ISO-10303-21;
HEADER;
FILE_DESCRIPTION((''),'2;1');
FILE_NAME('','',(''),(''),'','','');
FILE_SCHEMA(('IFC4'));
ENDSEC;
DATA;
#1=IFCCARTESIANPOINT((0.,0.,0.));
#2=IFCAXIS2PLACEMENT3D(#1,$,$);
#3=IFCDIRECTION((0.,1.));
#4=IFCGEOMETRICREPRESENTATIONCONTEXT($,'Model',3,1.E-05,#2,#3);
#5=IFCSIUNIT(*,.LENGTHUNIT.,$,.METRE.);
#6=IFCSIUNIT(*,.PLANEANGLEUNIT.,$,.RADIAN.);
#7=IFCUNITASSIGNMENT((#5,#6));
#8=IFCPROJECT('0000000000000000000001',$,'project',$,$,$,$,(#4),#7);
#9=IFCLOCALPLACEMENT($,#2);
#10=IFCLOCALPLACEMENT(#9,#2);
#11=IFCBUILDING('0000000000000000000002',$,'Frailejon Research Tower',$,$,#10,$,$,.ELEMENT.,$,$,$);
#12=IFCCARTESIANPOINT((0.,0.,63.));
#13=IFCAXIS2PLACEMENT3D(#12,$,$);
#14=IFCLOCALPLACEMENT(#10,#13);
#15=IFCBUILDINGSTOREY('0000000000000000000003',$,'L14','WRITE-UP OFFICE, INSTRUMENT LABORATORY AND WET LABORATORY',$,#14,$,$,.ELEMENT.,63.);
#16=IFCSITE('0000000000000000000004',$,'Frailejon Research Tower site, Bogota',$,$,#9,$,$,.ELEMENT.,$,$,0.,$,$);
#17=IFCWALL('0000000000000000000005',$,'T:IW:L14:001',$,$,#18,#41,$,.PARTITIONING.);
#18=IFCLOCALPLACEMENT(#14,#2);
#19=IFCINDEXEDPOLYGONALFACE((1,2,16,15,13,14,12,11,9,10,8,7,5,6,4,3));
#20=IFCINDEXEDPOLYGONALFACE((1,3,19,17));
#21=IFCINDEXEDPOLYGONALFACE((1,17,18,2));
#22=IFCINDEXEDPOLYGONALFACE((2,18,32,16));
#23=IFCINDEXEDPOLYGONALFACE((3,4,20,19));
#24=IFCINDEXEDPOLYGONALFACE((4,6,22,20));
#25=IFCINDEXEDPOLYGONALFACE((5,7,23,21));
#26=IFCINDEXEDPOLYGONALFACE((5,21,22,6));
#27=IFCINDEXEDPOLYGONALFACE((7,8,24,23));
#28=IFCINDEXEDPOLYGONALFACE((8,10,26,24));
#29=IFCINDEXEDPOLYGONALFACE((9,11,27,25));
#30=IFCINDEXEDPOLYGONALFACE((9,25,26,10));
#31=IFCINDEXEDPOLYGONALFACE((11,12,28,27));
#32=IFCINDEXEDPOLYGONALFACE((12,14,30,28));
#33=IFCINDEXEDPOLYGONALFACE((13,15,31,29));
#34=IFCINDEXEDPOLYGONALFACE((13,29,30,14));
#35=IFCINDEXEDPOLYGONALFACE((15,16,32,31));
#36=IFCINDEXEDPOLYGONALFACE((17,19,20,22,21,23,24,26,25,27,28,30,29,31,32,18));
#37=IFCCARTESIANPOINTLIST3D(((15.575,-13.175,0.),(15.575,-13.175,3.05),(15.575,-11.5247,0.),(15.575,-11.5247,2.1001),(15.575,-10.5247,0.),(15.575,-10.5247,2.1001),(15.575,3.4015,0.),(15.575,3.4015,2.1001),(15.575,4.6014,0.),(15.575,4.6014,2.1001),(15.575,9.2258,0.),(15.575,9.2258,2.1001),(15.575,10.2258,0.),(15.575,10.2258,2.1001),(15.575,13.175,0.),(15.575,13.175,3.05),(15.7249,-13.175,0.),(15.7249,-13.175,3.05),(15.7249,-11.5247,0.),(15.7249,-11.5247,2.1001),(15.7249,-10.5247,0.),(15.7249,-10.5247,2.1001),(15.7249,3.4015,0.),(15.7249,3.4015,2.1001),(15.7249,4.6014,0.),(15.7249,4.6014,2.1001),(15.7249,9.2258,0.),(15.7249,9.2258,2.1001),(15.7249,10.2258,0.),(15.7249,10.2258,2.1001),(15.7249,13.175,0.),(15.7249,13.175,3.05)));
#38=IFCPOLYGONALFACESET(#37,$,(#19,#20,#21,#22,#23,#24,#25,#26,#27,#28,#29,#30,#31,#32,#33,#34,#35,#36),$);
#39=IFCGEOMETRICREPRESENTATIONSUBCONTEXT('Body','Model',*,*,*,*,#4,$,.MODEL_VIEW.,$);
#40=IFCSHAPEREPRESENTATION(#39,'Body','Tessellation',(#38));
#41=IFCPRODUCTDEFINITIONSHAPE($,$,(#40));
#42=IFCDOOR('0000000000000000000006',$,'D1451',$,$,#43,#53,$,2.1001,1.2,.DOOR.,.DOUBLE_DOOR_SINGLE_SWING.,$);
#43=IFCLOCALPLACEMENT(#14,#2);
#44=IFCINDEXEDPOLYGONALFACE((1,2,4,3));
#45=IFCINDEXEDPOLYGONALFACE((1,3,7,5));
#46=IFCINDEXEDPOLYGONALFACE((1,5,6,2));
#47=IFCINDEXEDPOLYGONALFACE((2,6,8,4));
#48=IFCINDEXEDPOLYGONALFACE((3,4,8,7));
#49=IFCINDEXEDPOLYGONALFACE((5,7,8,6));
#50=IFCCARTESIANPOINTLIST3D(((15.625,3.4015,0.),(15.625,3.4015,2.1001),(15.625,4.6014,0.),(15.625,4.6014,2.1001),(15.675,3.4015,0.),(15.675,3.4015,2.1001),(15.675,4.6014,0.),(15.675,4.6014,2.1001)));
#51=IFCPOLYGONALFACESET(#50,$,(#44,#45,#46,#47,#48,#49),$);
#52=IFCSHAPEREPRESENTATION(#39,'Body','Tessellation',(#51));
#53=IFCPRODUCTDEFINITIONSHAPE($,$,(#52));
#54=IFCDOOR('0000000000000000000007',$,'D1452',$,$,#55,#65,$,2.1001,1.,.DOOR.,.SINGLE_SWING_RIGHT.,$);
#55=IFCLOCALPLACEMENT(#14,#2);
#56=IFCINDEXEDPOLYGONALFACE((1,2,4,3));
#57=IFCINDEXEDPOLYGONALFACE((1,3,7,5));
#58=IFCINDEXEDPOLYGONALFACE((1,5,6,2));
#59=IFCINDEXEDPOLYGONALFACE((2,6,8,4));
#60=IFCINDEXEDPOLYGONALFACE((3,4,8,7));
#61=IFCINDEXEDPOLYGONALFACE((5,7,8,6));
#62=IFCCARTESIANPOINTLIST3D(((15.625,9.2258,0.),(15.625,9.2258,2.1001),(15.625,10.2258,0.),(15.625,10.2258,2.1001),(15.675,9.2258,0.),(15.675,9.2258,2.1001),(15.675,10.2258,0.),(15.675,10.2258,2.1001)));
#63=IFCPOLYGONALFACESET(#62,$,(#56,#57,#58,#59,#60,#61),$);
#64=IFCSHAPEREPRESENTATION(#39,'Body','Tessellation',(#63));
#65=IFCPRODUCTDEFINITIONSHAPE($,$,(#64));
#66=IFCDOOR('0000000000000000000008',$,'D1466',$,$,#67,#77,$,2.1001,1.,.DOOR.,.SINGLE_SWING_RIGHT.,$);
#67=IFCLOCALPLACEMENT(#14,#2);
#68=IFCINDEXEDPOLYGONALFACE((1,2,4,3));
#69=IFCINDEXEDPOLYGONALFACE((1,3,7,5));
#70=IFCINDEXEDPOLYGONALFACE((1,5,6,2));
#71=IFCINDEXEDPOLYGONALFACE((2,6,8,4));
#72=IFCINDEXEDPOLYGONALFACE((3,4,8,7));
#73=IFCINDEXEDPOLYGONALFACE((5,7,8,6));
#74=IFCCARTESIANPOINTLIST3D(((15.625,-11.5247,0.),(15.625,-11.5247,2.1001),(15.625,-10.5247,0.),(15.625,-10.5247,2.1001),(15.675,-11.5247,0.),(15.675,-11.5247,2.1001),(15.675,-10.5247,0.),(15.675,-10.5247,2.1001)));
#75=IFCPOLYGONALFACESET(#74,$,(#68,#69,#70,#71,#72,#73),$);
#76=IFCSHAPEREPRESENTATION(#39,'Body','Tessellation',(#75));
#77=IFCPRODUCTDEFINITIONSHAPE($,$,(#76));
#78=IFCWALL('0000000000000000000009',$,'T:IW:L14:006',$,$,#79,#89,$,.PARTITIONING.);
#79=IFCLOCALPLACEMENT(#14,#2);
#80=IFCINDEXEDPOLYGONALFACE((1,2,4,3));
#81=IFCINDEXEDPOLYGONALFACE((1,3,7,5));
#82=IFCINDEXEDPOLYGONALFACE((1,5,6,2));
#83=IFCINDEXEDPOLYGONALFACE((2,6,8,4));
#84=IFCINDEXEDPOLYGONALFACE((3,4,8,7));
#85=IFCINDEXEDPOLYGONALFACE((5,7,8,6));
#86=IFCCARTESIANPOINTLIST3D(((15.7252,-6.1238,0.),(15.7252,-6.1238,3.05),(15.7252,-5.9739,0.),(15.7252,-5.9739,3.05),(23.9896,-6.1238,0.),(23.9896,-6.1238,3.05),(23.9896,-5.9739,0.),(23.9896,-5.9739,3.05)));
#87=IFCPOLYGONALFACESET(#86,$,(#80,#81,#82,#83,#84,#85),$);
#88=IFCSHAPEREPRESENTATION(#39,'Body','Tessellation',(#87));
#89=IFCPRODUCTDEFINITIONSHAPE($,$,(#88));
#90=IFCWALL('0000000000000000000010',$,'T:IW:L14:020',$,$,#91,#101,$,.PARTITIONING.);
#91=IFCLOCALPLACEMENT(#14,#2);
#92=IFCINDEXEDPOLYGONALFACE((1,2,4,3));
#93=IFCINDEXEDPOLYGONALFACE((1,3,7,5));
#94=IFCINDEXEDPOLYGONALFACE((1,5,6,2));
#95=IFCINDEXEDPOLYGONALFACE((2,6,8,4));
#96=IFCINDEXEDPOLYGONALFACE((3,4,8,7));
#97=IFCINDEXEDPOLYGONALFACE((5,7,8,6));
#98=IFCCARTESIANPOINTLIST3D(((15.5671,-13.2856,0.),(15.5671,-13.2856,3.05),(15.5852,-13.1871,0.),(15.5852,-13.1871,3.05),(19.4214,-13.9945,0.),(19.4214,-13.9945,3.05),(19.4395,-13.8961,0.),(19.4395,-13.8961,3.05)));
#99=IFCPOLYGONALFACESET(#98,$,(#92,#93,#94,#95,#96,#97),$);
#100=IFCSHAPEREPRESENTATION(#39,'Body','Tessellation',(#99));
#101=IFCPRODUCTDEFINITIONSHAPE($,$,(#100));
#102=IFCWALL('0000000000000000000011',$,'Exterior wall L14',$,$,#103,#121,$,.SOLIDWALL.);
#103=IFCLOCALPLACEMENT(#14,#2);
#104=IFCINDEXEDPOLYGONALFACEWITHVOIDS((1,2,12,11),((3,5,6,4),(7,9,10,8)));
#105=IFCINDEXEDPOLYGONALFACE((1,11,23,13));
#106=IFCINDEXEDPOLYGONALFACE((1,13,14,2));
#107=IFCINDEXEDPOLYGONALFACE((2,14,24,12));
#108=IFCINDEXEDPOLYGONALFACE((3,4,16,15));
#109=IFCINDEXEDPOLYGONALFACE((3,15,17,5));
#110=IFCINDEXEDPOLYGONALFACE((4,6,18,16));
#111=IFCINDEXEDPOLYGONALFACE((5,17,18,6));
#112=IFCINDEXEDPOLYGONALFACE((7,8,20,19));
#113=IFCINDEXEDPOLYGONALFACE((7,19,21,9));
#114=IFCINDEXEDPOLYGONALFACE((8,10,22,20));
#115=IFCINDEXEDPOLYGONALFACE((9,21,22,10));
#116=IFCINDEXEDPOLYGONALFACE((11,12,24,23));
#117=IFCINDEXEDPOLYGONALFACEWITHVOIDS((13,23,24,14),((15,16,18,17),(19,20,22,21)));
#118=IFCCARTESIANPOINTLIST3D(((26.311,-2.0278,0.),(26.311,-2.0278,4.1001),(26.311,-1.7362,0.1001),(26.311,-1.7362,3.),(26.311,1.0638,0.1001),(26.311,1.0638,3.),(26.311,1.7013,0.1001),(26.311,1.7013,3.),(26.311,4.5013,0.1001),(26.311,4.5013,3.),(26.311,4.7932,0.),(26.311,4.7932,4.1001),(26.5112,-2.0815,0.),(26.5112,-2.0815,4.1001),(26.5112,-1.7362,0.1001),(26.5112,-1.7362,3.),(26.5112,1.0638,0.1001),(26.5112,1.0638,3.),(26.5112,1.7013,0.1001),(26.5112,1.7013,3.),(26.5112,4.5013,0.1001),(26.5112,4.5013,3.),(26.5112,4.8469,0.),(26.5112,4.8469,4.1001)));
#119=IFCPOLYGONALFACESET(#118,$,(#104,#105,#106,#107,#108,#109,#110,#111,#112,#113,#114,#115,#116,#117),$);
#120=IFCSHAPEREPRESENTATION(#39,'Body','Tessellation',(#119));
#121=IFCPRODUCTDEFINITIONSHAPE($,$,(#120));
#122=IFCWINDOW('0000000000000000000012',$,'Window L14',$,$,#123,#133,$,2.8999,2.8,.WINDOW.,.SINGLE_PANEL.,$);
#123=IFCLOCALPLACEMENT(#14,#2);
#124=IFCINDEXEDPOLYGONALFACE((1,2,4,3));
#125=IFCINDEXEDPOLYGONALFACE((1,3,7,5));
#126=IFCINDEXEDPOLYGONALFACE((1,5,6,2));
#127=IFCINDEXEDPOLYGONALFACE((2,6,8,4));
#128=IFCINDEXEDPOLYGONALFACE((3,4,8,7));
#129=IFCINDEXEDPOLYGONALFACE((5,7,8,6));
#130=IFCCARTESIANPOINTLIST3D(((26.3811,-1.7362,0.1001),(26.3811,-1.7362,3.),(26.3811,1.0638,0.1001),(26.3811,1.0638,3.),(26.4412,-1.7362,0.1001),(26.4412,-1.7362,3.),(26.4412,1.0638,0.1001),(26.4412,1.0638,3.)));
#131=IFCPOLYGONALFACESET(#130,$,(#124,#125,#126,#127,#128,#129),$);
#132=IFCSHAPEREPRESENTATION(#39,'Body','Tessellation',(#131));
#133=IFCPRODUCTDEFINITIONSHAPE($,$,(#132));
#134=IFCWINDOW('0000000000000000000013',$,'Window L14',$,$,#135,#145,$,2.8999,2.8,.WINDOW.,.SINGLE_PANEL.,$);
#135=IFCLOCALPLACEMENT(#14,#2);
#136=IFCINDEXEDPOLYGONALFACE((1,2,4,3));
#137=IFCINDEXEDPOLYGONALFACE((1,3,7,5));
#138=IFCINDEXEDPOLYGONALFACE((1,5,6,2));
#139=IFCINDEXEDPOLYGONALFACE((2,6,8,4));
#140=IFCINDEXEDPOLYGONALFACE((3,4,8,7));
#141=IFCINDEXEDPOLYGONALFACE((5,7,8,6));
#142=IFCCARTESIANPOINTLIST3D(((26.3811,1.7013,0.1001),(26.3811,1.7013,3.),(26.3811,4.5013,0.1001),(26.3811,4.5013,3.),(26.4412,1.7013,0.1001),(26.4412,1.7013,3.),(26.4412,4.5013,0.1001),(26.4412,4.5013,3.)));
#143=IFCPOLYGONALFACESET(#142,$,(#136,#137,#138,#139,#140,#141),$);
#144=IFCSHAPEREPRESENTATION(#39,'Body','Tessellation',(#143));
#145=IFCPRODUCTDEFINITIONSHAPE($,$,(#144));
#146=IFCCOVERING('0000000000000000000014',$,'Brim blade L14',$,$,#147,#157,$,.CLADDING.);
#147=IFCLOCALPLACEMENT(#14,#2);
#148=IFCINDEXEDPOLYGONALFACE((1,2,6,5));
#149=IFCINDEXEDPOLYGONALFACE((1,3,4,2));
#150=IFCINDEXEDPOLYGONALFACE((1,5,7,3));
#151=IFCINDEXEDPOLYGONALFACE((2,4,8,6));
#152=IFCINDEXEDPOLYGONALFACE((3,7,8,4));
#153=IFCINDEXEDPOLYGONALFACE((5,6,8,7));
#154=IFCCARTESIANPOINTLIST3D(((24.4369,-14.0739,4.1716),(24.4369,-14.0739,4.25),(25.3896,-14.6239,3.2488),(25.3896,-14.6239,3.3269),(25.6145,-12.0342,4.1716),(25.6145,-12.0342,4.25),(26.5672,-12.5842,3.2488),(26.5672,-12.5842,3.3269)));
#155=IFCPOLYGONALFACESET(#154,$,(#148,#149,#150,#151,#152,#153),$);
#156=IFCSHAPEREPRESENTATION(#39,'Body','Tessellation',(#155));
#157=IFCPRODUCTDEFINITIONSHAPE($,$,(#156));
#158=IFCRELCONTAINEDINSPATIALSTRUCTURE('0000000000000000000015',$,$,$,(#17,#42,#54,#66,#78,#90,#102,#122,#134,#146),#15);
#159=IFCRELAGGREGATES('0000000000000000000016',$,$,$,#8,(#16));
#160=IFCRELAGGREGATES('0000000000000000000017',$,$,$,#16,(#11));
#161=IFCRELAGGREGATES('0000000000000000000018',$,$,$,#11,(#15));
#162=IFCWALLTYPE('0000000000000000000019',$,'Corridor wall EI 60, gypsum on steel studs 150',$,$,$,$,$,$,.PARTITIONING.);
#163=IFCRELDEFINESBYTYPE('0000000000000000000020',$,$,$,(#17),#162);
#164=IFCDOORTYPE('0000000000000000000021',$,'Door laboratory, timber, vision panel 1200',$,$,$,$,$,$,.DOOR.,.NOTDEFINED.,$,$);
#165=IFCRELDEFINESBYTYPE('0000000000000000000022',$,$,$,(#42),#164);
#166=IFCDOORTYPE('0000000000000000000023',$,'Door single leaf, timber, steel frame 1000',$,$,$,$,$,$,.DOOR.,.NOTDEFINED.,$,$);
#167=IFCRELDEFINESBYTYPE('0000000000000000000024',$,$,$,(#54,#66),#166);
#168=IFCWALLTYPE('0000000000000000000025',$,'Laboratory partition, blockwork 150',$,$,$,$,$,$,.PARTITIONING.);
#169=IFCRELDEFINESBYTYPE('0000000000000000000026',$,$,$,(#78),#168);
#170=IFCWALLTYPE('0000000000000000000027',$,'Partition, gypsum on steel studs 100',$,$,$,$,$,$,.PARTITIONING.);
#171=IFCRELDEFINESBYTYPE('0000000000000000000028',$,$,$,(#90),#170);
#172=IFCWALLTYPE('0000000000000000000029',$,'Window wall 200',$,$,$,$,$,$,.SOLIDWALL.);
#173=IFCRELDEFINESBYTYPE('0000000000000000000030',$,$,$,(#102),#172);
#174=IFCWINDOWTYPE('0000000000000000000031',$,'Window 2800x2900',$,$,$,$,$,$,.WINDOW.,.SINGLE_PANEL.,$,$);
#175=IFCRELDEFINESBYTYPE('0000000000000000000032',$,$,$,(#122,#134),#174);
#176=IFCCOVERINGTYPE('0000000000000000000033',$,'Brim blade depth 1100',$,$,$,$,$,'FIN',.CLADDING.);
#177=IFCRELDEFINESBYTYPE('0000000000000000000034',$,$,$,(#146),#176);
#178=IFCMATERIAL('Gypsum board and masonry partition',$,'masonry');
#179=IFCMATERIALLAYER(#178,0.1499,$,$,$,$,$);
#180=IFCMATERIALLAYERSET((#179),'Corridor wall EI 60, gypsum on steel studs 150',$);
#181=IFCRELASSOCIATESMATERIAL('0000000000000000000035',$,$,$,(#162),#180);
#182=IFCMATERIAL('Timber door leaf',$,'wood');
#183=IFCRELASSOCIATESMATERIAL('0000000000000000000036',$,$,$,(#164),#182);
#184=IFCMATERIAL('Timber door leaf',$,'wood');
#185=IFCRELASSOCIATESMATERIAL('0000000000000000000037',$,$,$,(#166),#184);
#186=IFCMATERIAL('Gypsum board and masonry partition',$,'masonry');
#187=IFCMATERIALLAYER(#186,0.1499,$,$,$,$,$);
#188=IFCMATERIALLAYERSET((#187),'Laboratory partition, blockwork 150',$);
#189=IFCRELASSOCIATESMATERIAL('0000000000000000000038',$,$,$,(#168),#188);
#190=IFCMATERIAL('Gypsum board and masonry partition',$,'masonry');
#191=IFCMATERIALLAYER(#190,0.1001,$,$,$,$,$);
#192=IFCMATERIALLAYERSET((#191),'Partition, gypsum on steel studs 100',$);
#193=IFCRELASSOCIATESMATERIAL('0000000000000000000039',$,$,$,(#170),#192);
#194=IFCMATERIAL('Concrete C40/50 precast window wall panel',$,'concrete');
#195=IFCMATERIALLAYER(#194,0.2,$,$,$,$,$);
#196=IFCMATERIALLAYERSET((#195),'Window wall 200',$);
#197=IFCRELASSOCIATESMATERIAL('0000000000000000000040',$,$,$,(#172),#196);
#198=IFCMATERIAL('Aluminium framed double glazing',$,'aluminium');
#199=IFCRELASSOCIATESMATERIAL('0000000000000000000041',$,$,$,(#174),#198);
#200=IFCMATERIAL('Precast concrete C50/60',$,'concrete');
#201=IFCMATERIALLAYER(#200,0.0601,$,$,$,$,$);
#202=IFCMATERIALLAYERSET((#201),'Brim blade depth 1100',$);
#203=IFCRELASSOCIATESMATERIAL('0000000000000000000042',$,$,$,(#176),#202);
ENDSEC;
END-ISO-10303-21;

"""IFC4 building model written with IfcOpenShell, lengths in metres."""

from ifc_helpers import new_model, si_unit, direction, frame, frame_2d, origin, place, context, subcontext, project, spatial, polyline, rectangle, outline, extrude, material, layer, layer_set, type_object, element, fill, save


model = new_model("IFC4")

# Units and contexts
model_context = context("Model", 3, precision=1e-05, world=origin(), true_north=direction((0.0, 1.0)))
body_context = subcontext(model_context, "Body", "Model", "MODEL_VIEW")
ifc_project = project(units=[si_unit("LENGTHUNIT", "METRE"), si_unit("PLANEANGLEUNIT", "RADIAN")], contexts=[model_context])

# Site, building, storey
site_placement = place(None, origin())
site = spatial("IfcSite", under=ifc_project, at=site_placement, Name="Frailejon Research Tower site, Bogota", CompositionType="ELEMENT", RefElevation=0.0)
building_placement = place(site_placement, origin())
building = spatial("IfcBuilding", under=site, at=building_placement, Name="Frailejon Research Tower", CompositionType="ELEMENT")
storey_placement = place(building_placement, frame((0.0, 0.0, 63.0)))
storey = spatial("IfcBuildingStorey", under=building, at=storey_placement, Name="L14", Description="WRITE-UP OFFICE, INSTRUMENT LABORATORY AND WET LABORATORY", CompositionType="ELEMENT", Elevation=63.0)

# Wall, openings, doors
ifc_material_1 = material(Name="Gypsum board and masonry partition", Category="masonry")
ifc_layer_1 = layer(ifc_material_1, 0.1499)
ifc_layer_set_1 = layer_set([ifc_layer_1], Name="Corridor wall EI 60, gypsum on steel studs 150")
wall_type_1 = type_object("IfcWallType", Name="Corridor wall EI 60, gypsum on steel studs 150", PredefinedType="PARTITIONING", material=ifc_layer_set_1)
wall_1_placement = place(storey_placement, frame((15.6499, -13.175, 0.0), z_axis=(0.0, 0.0, 1.0), x_axis=(0.0, 1.0, 0.0)))
wall_1 = element("IfcWall", 1, at=wall_1_placement, inside=storey, type_object=wall_type_1, Name="T:IW:L14:001", PredefinedType="PARTITIONING", context=body_context, shape_type="SweptSolid", body=[
    extrude(rectangle(XDim=26.3501, YDim=0.1499, at=frame_2d((13.175, 0.0))), origin(), (0.0, 0.0, 1.0), 3.05),
])
opening_1_placement = place(wall_1_placement, frame((16.5764, 0.0, 0.0)))
opening_1 = element("IfcOpeningElement", 2, at=opening_1_placement, cuts=wall_1, PredefinedType="OPENING", context=body_context, shape_type="SweptSolid", body=[
    extrude(rectangle(XDim=1.2, YDim=2.1001, at=frame_2d((0.6001, 1.05))), frame((0.0, 0.085, 0.0), z_axis=(0.0, -1.0, 0.0), x_axis=(1.0, 0.0, 0.0)), (0.0, 0.0, 1.0), 0.1699),
])
opening_2_placement = place(wall_1_placement, frame((22.4009, 0.0, 0.0)))
opening_2 = element("IfcOpeningElement", 3, at=opening_2_placement, cuts=wall_1, PredefinedType="OPENING", context=body_context, shape_type="SweptSolid", body=[
    extrude(rectangle(XDim=1.0, YDim=2.1001, at=frame_2d((0.5, 1.05))), frame((0.0, 0.085, 0.0), z_axis=(0.0, -1.0, 0.0), x_axis=(1.0, 0.0, 0.0)), (0.0, 0.0, 1.0), 0.1699),
])
opening_3_placement = place(wall_1_placement, frame((1.6504, 0.0, 0.0)))
opening_3 = element("IfcOpeningElement", 4, at=opening_3_placement, cuts=wall_1, PredefinedType="OPENING", context=body_context, shape_type="SweptSolid", body=[
    extrude(rectangle(XDim=1.0, YDim=2.1001, at=frame_2d((0.5, 1.05))), frame((0.0, 0.085, 0.0), z_axis=(0.0, -1.0, 0.0), x_axis=(1.0, 0.0, 0.0)), (0.0, 0.0, 1.0), 0.1699),
])
ifc_material_2 = material(Name="Timber door leaf", Category="wood")
door_type_1 = type_object("IfcDoorType", Name="Door laboratory, timber, vision panel 1200", OperationType="NOTDEFINED", PredefinedType="DOOR", material=ifc_material_2)
door_1_placement = place(opening_1_placement, origin())
door_1 = element("IfcDoor", 5, at=door_1_placement, inside=storey, type_object=door_type_1, Name="D1451", OperationType="DOUBLE_DOOR_SINGLE_SWING", OverallHeight=2.1001, OverallWidth=1.2, PredefinedType="DOOR", context=body_context, shape_type="SweptSolid", body=[
    extrude(rectangle(XDim=1.2, YDim=2.1001, at=frame_2d((0.6001, 1.05))), frame((0.0, 0.0249, 0.0), z_axis=(0.0, -1.0, 0.0), x_axis=(1.0, 0.0, 0.0)), (0.0, 0.0, 1.0), 0.05),
])
fill(opening_1, door_1)
ifc_material_3 = material(Name="Timber door leaf", Category="wood")
door_type_2 = type_object("IfcDoorType", Name="Door single leaf, timber, steel frame 1000", OperationType="NOTDEFINED", PredefinedType="DOOR", material=ifc_material_3)
door_2_placement = place(opening_2_placement, origin())
door_2 = element("IfcDoor", 6, at=door_2_placement, inside=storey, type_object=door_type_2, Name="D1452", OperationType="SINGLE_SWING_RIGHT", OverallHeight=2.1001, OverallWidth=1.0, PredefinedType="DOOR", context=body_context, shape_type="SweptSolid", body=[
    extrude(rectangle(XDim=1.0, YDim=2.1001, at=frame_2d((0.5, 1.05))), frame((0.0, 0.0249, 0.0), z_axis=(0.0, -1.0, 0.0), x_axis=(1.0, 0.0, 0.0)), (0.0, 0.0, 1.0), 0.05),
])
fill(opening_2, door_2)
door_3_placement = place(opening_3_placement, origin())
door_3 = element("IfcDoor", 7, at=door_3_placement, inside=storey, type_object=door_type_2, Name="D1466", OperationType="SINGLE_SWING_RIGHT", OverallHeight=2.1001, OverallWidth=1.0, PredefinedType="DOOR", context=body_context, shape_type="SweptSolid", body=[
    extrude(rectangle(XDim=1.0, YDim=2.1001, at=frame_2d((0.5, 1.05))), frame((0.0, 0.0249, 0.0), z_axis=(0.0, -1.0, 0.0), x_axis=(1.0, 0.0, 0.0)), (0.0, 0.0, 1.0), 0.05),
])
fill(opening_3, door_3)

# Walls
ifc_material_4 = material(Name="Gypsum board and masonry partition", Category="masonry")
ifc_layer_2 = layer(ifc_material_4, 0.1499)
ifc_layer_set_2 = layer_set([ifc_layer_2], Name="Laboratory partition, blockwork 150")
wall_type_2 = type_object("IfcWallType", Name="Laboratory partition, blockwork 150", PredefinedType="PARTITIONING", material=ifc_layer_set_2)
wall_2_placement = place(storey_placement, frame((15.7251, -6.0488, 0.0), z_axis=(0.0, 0.0, 1.0), x_axis=(1.0, 0.0, 0.0)))
element("IfcWall", 8, at=wall_2_placement, inside=storey, type_object=wall_type_2, Name="T:IW:L14:006", PredefinedType="PARTITIONING", context=body_context, shape_type="SweptSolid", body=[
    extrude(rectangle(XDim=8.2644, YDim=0.1499, at=frame_2d((4.1323, 0.0))), origin(), (0.0, 0.0, 1.0), 3.05),
])
ifc_material_5 = material(Name="Gypsum board and masonry partition", Category="masonry")
ifc_layer_3 = layer(ifc_material_5, 0.1001)
ifc_layer_set_3 = layer_set([ifc_layer_3], Name="Partition, gypsum on steel studs 100")
wall_type_3 = type_object("IfcWallType", Name="Partition, gypsum on steel studs 100", PredefinedType="PARTITIONING", material=ifc_layer_set_3)
wall_3_placement = place(storey_placement, frame((15.5762, -13.2363, 0.0), z_axis=(0.0, 0.0, 1.0), x_axis=(0.983499, -0.180913, 0.0)))
element("IfcWall", 9, at=wall_3_placement, inside=storey, type_object=wall_type_3, Name="T:IW:L14:020", PredefinedType="PARTITIONING", context=body_context, shape_type="SweptSolid", body=[
    extrude(rectangle(XDim=3.9189, YDim=0.1001, at=frame_2d((1.9595, 0.0))), origin(), (0.0, 0.0, 1.0), 3.05),
])

# Wall, openings, windows
ifc_material_6 = material(Name="Concrete C40/50 precast window wall panel", Category="concrete")
ifc_layer_4 = layer(ifc_material_6, 0.2)
ifc_layer_set_4 = layer_set([ifc_layer_4], Name="Window wall 200")
wall_type_4 = type_object("IfcWallType", Name="Window wall 200", PredefinedType="SOLIDWALL", material=ifc_layer_set_4)
wall_4_placement = place(storey_placement, frame((26.4111, -2.0547, 0.0), z_axis=(0.0, 0.0, 1.0), x_axis=(0.0, 1.0, 0.0)))
wall_4 = element("IfcWall", 10, at=wall_4_placement, inside=storey, type_object=wall_type_4, Name="Exterior wall L14", PredefinedType="SOLIDWALL", context=body_context, shape_type="SweptSolid", body=[
    extrude(outline(polyline([(-0.0269, -0.1001), (1.1279, -0.1001), (2.2827, -0.1001), (3.4375, -0.1001), (4.592, -0.1001), (5.7468, -0.1001), (6.9016, -0.1001), (6.8479, 0.1001), (5.7109, 0.1001), (4.5742, 0.1001), (3.4375, 0.1001), (2.3005, 0.1001), (1.1636, 0.1001), (0.0269, 0.1001), (-0.0269, -0.1001)])), origin(), (0.0, 0.0, 1.0), 4.1001),
])
opening_4_placement = place(wall_4_placement, frame((0.3186, 0.0, 0.1001)))
opening_4 = element("IfcOpeningElement", 11, at=opening_4_placement, cuts=wall_4, PredefinedType="OPENING", context=body_context, shape_type="SweptSolid", body=[
    extrude(rectangle(XDim=2.8, YDim=2.8999, at=frame_2d((1.3999, 1.45))), frame((0.0, 0.1099, 0.0), z_axis=(0.0, -1.0, 0.0), x_axis=(1.0, 0.0, 0.0)), (0.0, 0.0, 1.0), 0.22),
])
opening_5_placement = place(wall_4_placement, frame((3.7561, 0.0, 0.1001)))
opening_5 = element("IfcOpeningElement", 12, at=opening_5_placement, cuts=wall_4, PredefinedType="OPENING", context=body_context, shape_type="SweptSolid", body=[
    extrude(rectangle(XDim=2.8, YDim=2.8999, at=frame_2d((1.3999, 1.45))), frame((0.0, 0.1099, 0.0), z_axis=(0.0, -1.0, 0.0), x_axis=(1.0, 0.0, 0.0)), (0.0, 0.0, 1.0), 0.22),
])
ifc_material_7 = material(Name="Aluminium framed double glazing", Category="aluminium")
window_type = type_object("IfcWindowType", Name="Window 2800x2900", PartitioningType="SINGLE_PANEL", PredefinedType="WINDOW", material=ifc_material_7)
window_1_placement = place(opening_4_placement, origin())
window_1 = element("IfcWindow", 13, at=window_1_placement, inside=storey, type_object=window_type, Name="Window L14", OverallHeight=2.8999, OverallWidth=2.8, PartitioningType="SINGLE_PANEL", PredefinedType="WINDOW", context=body_context, shape_type="SweptSolid", body=[
    extrude(rectangle(XDim=2.8, YDim=2.8999, at=frame_2d((1.3999, 1.45))), frame((0.0, 0.03, 0.0), z_axis=(0.0, -1.0, 0.0), x_axis=(1.0, 0.0, 0.0)), (0.0, 0.0, 1.0), 0.0601),
])
fill(opening_4, window_1)
window_2_placement = place(opening_5_placement, origin())
window_2 = element("IfcWindow", 14, at=window_2_placement, inside=storey, type_object=window_type, Name="Window L14", OverallHeight=2.8999, OverallWidth=2.8, PartitioningType="SINGLE_PANEL", PredefinedType="WINDOW", context=body_context, shape_type="SweptSolid", body=[
    extrude(rectangle(XDim=2.8, YDim=2.8999, at=frame_2d((1.3999, 1.45))), frame((0.0, 0.03, 0.0), z_axis=(0.0, -1.0, 0.0), x_axis=(1.0, 0.0, 0.0)), (0.0, 0.0, 1.0), 0.0601),
])
fill(opening_5, window_2)

# Covering
ifc_material_8 = material(Name="Precast concrete C50/60", Category="concrete")
ifc_layer_5 = layer(ifc_material_8, 0.0601)
ifc_layer_set_5 = layer_set([ifc_layer_5], Name="Brim blade depth 1100")
covering_type_1 = type_object("IfcCoveringType", Name="Brim blade depth 1100", ElementType="FIN", PredefinedType="CLADDING", material=ifc_layer_set_5)
covering_1_placement = place(storey_placement, frame((25.6145, -12.0342, 4.25), z_axis=(-0.500006, -0.866022, 0.0), x_axis=(0.866022, -0.500006, 0.0)))
element("IfcCovering", 15, at=covering_1_placement, inside=storey, type_object=covering_type_1, Name="Brim blade L14", PredefinedType="CLADDING", context=body_context, shape_type="SweptSolid", body=[
    extrude(outline(polyline([(0.0, -0.0784), (1.1001, -1.0012), (1.1001, -0.9231), (0.0, 0.0), (0.0, -0.0784)])), origin(), (0.0, 0.0, 1.0), 2.3552),
])

save(model, "model.ifc")
